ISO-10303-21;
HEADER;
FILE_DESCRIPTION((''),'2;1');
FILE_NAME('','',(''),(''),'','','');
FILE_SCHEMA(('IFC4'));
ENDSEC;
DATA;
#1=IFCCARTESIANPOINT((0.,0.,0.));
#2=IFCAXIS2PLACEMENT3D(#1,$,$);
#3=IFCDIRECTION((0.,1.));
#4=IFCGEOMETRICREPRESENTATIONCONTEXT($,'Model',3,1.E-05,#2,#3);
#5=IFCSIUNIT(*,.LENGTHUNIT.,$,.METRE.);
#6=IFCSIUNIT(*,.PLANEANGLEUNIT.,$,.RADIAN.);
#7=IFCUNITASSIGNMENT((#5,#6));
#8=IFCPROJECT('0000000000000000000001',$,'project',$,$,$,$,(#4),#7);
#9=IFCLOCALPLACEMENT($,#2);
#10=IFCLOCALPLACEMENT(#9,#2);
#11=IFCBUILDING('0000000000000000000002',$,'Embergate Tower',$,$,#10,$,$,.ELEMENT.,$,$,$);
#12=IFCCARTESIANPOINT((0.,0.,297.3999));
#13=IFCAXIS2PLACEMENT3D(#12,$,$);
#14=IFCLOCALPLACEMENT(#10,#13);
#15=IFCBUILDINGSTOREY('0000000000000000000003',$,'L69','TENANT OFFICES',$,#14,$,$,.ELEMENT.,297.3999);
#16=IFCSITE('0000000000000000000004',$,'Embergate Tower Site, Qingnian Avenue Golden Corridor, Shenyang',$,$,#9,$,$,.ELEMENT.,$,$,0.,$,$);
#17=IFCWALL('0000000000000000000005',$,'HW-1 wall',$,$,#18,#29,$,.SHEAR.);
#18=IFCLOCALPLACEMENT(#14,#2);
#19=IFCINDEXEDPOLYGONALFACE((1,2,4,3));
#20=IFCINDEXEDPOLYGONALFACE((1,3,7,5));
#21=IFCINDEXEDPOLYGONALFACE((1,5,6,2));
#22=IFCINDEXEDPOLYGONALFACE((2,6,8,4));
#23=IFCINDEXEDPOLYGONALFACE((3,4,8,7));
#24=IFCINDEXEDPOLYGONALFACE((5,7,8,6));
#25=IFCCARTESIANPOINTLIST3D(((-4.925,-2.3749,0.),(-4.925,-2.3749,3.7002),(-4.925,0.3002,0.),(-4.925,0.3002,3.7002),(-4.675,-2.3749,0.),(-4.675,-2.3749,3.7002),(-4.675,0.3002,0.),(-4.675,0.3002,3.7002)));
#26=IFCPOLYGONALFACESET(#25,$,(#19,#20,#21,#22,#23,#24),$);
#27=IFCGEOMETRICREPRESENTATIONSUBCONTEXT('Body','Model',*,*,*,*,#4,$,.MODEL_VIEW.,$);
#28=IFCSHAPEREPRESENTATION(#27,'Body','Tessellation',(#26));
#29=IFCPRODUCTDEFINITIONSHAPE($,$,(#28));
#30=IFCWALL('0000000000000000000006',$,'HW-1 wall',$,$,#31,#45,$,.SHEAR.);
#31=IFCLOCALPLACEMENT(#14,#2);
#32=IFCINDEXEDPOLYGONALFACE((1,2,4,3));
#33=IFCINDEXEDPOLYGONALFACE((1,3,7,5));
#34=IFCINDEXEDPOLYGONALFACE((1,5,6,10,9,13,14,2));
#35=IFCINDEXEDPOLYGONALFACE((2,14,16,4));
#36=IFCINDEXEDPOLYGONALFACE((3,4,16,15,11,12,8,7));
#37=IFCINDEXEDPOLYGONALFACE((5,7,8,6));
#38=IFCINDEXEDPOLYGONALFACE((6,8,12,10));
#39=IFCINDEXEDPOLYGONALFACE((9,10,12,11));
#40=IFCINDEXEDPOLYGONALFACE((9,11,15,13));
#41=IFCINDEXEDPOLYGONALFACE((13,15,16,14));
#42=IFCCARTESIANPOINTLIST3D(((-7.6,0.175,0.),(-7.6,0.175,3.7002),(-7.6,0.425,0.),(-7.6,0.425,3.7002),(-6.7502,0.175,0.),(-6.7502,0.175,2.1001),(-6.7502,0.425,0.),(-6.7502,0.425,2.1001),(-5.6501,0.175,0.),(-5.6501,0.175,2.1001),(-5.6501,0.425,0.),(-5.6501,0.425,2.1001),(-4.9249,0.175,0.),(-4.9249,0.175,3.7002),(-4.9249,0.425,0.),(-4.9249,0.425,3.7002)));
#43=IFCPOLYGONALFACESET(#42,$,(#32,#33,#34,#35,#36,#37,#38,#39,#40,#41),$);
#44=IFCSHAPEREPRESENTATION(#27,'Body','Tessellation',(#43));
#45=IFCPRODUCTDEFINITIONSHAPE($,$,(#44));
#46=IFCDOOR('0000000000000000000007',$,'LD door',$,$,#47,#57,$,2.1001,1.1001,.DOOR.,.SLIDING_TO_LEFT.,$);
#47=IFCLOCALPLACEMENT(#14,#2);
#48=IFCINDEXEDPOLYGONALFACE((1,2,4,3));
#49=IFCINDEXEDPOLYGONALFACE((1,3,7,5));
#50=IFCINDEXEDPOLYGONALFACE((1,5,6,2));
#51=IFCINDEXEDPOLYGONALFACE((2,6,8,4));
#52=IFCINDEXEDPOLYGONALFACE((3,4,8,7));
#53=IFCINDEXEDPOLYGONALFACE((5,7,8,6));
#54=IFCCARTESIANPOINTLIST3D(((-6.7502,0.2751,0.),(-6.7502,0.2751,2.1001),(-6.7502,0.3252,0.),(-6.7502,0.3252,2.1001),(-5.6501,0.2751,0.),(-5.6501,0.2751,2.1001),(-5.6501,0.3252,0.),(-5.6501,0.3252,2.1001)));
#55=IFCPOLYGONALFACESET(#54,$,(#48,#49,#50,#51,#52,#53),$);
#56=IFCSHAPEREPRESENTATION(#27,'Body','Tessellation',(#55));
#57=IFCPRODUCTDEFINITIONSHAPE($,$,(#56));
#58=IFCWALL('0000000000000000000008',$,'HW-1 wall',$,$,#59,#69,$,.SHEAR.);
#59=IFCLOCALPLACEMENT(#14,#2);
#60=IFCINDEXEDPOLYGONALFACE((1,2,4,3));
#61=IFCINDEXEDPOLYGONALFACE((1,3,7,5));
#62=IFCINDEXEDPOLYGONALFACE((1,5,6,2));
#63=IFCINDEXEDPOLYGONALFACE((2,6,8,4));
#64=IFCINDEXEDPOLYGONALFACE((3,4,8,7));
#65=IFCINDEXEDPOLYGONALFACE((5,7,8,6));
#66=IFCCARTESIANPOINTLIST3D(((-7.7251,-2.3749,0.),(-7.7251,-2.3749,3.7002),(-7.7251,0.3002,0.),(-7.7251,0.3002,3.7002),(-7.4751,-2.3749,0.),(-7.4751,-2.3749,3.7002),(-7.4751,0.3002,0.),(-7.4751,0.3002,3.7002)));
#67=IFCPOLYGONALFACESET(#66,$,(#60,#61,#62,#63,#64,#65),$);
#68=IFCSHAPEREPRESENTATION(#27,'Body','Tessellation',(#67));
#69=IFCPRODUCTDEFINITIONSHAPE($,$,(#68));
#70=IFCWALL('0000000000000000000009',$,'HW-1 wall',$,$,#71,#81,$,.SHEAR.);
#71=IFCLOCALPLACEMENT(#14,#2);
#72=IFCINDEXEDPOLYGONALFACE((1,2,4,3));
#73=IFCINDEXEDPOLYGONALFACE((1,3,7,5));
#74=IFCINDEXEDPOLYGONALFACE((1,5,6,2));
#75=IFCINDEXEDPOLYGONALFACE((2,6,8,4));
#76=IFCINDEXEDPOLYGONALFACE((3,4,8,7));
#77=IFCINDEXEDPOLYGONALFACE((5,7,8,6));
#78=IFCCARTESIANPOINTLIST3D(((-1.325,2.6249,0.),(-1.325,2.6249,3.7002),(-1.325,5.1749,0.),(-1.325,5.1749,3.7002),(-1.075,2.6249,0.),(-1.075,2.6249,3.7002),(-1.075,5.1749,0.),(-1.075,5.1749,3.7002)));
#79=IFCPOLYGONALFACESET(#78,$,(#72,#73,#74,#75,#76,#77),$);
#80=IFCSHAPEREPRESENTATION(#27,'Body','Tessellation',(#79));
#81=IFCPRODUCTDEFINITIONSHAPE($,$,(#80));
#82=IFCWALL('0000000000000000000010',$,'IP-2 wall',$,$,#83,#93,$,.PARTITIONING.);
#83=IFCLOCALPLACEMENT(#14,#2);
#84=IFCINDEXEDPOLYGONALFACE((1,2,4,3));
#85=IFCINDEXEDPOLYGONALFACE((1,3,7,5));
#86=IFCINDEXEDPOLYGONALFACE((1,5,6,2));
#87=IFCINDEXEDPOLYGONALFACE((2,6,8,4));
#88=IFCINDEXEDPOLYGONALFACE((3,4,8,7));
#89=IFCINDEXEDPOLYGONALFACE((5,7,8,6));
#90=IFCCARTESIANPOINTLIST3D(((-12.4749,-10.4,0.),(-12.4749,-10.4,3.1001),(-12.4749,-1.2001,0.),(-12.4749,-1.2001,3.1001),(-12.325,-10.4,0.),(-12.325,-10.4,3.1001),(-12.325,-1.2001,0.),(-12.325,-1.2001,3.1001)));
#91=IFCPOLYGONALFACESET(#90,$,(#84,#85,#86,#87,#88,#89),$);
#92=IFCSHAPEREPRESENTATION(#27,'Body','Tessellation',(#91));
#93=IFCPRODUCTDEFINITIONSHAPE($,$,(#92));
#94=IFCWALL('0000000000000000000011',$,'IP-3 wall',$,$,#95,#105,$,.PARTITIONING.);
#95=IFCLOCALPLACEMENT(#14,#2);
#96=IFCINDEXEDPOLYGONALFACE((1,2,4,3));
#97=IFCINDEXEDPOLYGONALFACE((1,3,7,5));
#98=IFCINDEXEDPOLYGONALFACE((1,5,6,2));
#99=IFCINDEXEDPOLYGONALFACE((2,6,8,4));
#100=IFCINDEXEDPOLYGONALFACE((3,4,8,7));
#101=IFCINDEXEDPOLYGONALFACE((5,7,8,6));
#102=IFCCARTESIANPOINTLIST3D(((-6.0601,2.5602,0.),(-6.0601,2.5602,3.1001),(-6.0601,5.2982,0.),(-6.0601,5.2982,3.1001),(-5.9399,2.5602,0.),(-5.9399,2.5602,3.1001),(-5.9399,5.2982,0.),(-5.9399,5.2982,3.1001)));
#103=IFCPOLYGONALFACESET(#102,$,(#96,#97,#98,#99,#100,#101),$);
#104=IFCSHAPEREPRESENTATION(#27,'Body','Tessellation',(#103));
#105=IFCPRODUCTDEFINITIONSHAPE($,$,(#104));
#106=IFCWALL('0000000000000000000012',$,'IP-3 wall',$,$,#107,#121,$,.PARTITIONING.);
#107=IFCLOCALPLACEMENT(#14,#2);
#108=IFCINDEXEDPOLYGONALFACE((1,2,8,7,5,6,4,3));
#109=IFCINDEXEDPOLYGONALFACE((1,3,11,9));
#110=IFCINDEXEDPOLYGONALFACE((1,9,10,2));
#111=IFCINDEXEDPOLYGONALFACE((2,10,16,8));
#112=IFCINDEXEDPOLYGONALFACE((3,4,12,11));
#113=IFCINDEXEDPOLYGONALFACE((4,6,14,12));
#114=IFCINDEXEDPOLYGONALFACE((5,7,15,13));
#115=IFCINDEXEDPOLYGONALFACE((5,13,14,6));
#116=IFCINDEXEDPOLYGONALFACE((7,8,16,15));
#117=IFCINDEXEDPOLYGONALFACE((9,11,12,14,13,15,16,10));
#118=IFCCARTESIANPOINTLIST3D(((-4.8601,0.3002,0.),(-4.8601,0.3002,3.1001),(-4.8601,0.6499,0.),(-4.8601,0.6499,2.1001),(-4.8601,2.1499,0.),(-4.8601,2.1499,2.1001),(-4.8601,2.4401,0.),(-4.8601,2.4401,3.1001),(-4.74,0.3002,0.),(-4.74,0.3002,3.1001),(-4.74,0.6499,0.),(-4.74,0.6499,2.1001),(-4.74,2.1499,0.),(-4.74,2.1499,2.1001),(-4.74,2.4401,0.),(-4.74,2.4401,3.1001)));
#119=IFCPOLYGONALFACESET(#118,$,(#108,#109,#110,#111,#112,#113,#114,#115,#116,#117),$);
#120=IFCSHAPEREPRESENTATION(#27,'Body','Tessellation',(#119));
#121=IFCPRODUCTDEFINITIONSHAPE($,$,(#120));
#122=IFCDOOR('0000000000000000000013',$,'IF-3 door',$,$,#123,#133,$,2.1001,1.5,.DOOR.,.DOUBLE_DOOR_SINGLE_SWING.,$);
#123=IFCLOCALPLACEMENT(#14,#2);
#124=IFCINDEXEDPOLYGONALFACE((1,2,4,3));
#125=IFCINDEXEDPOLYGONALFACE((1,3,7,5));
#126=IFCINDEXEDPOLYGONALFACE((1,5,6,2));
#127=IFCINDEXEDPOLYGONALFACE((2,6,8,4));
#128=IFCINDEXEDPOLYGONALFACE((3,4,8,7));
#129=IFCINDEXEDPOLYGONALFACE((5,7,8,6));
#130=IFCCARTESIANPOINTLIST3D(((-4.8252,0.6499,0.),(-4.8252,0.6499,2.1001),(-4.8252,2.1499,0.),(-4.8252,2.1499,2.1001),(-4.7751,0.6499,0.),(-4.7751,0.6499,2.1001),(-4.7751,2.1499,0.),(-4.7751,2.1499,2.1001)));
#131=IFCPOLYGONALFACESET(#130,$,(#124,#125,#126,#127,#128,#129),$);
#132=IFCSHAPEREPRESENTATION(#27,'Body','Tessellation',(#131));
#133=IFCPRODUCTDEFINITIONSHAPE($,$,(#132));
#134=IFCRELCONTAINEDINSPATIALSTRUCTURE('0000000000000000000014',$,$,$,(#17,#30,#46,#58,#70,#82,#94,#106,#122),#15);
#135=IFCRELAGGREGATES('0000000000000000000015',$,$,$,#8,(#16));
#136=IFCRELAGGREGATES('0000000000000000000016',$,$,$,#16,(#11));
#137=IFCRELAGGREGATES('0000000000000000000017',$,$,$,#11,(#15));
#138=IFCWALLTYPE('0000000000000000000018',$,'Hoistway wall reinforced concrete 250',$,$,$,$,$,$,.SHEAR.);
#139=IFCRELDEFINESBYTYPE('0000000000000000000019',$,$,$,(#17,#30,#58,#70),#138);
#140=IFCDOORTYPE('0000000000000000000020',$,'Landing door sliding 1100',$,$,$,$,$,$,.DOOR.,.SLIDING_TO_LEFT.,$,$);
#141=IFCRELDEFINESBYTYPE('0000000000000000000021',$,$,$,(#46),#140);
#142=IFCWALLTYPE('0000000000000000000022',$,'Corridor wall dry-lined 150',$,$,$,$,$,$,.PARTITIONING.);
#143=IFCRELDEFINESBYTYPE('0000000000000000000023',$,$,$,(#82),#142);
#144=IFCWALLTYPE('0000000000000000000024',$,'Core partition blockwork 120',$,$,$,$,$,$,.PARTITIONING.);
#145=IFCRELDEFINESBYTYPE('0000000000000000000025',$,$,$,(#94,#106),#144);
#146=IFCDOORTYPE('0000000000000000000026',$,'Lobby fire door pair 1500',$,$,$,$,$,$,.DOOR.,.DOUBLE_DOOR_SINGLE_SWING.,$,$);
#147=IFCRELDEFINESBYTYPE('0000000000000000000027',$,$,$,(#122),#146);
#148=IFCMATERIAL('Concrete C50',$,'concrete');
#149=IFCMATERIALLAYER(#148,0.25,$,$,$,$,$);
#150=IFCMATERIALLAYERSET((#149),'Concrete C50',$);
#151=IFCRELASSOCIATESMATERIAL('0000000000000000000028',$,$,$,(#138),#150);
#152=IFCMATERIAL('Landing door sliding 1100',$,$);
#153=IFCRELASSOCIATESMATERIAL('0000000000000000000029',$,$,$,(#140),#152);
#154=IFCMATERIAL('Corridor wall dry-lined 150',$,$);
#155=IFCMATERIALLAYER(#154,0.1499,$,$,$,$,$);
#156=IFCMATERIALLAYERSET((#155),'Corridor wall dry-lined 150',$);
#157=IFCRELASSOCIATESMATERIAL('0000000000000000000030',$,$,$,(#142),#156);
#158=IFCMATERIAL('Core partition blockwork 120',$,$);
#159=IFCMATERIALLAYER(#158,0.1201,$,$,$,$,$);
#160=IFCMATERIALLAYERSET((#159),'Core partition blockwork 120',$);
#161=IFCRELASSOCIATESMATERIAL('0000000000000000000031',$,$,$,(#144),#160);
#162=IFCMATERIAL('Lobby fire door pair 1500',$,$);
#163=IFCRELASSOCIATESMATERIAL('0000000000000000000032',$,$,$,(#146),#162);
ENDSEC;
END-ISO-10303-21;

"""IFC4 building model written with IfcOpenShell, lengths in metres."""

from ifc_helpers import new_model, si_unit, direction, frame, frame_2d, origin, place, context, subcontext, project, spatial, rectangle, extrude, source, transform, mapped, material, layer, layer_set, type_object, element, fill, save


model = new_model("IFC4")

# Units and contexts
model_context = context("Model", 3, precision=1e-05, world=origin(), true_north=direction((0.0, 1.0)))
body_context = subcontext(model_context, "Body", "Model", "MODEL_VIEW")
ifc_project = project(units=[si_unit("LENGTHUNIT", "METRE"), si_unit("PLANEANGLEUNIT", "RADIAN")], contexts=[model_context])

# Site, building, storey
site_placement = place(None, origin())
site = spatial("IfcSite", under=ifc_project, at=site_placement, Name="Embergate Tower Site, Qingnian Avenue Golden Corridor, Shenyang", CompositionType="ELEMENT", RefElevation=0.0)
building_placement = place(site_placement, origin())
building = spatial("IfcBuilding", under=site, at=building_placement, Name="Embergate Tower", CompositionType="ELEMENT")
storey_placement = place(building_placement, frame((0.0, 0.0, 297.3999)))
storey = spatial("IfcBuildingStorey", under=building, at=storey_placement, Name="L69", Description="TENANT OFFICES", CompositionType="ELEMENT", Elevation=297.3999)

# Wall
ifc_material_1 = material(Name="Concrete C50", Category="concrete")
ifc_layer_1 = layer(ifc_material_1, 0.25)
ifc_layer_set_1 = layer_set([ifc_layer_1], Name="Concrete C50")
wall_type_1 = type_object("IfcWallType", Name="Hoistway wall reinforced concrete 250", PredefinedType="SHEAR", material=ifc_layer_set_1)
shared_shape_1 = source(origin(), body_context, "Body", "SweptSolid", [
    extrude(rectangle(XDim=2.675, YDim=0.25, at=frame_2d((1.3374, 0.0))), origin(), (0.0, 0.0, 1.0), 3.7002),
])
wall_1_placement = place(storey_placement, frame((-4.8, 0.3, 0.0), z_axis=(0.0, 0.0, 1.0), x_axis=(0.0, -1.0, 0.0)))
element("IfcWall", 1, at=wall_1_placement, inside=storey, type_object=wall_type_1, Name="HW-1 wall", PredefinedType="SHEAR", context=body_context, shape_type="MappedRepresentation", body=[
    mapped(shared_shape_1, transform((0.0, 0.0, 0.0))),
])

# Wall, opening, door
wall_2_placement = place(storey_placement, frame((-4.925, 0.3, 0.0), z_axis=(0.0, 0.0, 1.0), x_axis=(-1.0, 0.0, 0.0)))
wall_2 = element("IfcWall", 2, at=wall_2_placement, inside=storey, type_object=wall_type_1, Name="HW-1 wall", PredefinedType="SHEAR", context=body_context, shape_type="MappedRepresentation", body=[
    mapped(shared_shape_1, transform((0.0, 0.0, 0.0))),
])
shared_shape_2 = source(origin(), body_context, "Body", "SweptSolid", [
    extrude(rectangle(XDim=1.1001, YDim=2.1001, at=frame_2d((0.55, 1.05))), frame((0.0, 0.135, 0.0), z_axis=(0.0, -1.0, 0.0), x_axis=(1.0, 0.0, 0.0)), (0.0, 0.0, 1.0), 0.27),
])
opening_1_placement = place(wall_2_placement, frame((0.7251, 0.0, 0.0)))
opening_1 = element("IfcOpeningElement", 3, at=opening_1_placement, cuts=wall_2, PredefinedType="OPENING", context=body_context, shape_type="MappedRepresentation", body=[
    mapped(shared_shape_2, transform((0.0, 0.0, 0.0))),
])
ifc_material_2 = material(Name="Landing door sliding 1100")
door_type_1 = type_object("IfcDoorType", Name="Landing door sliding 1100", OperationType="SLIDING_TO_LEFT", PredefinedType="DOOR", material=ifc_material_2)
shared_shape_3 = source(origin(), body_context, "Body", "SweptSolid", [
    extrude(rectangle(XDim=1.1001, YDim=2.1001, at=frame_2d((0.55, 1.05))), frame((0.0, 0.0249, 0.0), z_axis=(0.0, -1.0, 0.0), x_axis=(1.0, 0.0, 0.0)), (0.0, 0.0, 1.0), 0.05),
])
door_1_placement = place(opening_1_placement, origin())
door_1 = element("IfcDoor", 4, at=door_1_placement, inside=storey, type_object=door_type_1, Name="LD door", OperationType="SLIDING_TO_LEFT", OverallHeight=2.1001, OverallWidth=1.1001, PredefinedType="DOOR", context=body_context, shape_type="MappedRepresentation", body=[
    mapped(shared_shape_3, transform((0.0, 0.0, 0.0))),
])
fill(opening_1, door_1)

# Walls
wall_3_placement = place(storey_placement, frame((-7.6001, 0.3, 0.0), z_axis=(0.0, 0.0, 1.0), x_axis=(0.0, -1.0, 0.0)))
element("IfcWall", 5, at=wall_3_placement, inside=storey, type_object=wall_type_1, Name="HW-1 wall", PredefinedType="SHEAR", context=body_context, shape_type="MappedRepresentation", body=[
    mapped(shared_shape_1, transform((0.0, 0.0, 0.0))),
])
shared_shape_4 = source(origin(), body_context, "Body", "SweptSolid", [
    extrude(rectangle(XDim=2.55, YDim=0.25, at=frame_2d((1.2749, 0.0))), origin(), (0.0, 0.0, 1.0), 3.7002),
])
wall_4_placement = place(storey_placement, frame((-1.2, 2.625, 0.0), z_axis=(0.0, 0.0, 1.0), x_axis=(0.0, 1.0, 0.0)))
element("IfcWall", 6, at=wall_4_placement, inside=storey, type_object=wall_type_1, Name="HW-1 wall", PredefinedType="SHEAR", context=body_context, shape_type="MappedRepresentation", body=[
    mapped(shared_shape_4, transform((0.0, 0.0, 0.0))),
])
ifc_material_3 = material(Name="Corridor wall dry-lined 150")
ifc_layer_2 = layer(ifc_material_3, 0.1499)
ifc_layer_set_2 = layer_set([ifc_layer_2], Name="Corridor wall dry-lined 150")
wall_type_2 = type_object("IfcWallType", Name="Corridor wall dry-lined 150", PredefinedType="PARTITIONING", material=ifc_layer_set_2)
shared_shape_5 = source(origin(), body_context, "Body", "SweptSolid", [
    extrude(rectangle(XDim=9.2, YDim=0.1499, at=frame_2d((4.6001, 0.0))), origin(), (0.0, 0.0, 1.0), 3.1001),
])
wall_5_placement = place(storey_placement, frame((-12.3999, -1.2, 0.0), z_axis=(0.0, 0.0, 1.0), x_axis=(0.0, -1.0, 0.0)))
element("IfcWall", 7, at=wall_5_placement, inside=storey, type_object=wall_type_2, Name="IP-2 wall", PredefinedType="PARTITIONING", context=body_context, shape_type="MappedRepresentation", body=[
    mapped(shared_shape_5, transform((0.0, 0.0, 0.0))),
])
ifc_material_4 = material(Name="Core partition blockwork 120")
ifc_layer_3 = layer(ifc_material_4, 0.1201)
ifc_layer_set_3 = layer_set([ifc_layer_3], Name="Core partition blockwork 120")
wall_type_3 = type_object("IfcWallType", Name="Core partition blockwork 120", PredefinedType="PARTITIONING", material=ifc_layer_set_3)
shared_shape_6 = source(origin(), body_context, "Body", "SweptSolid", [
    extrude(rectangle(XDim=2.738, YDim=0.1201, at=frame_2d((1.3691, 0.0))), origin(), (0.0, 0.0, 1.0), 3.1001),
])
wall_6_placement = place(storey_placement, frame((-6.0, 2.5601, 0.0), z_axis=(0.0, 0.0, 1.0), x_axis=(0.0, 1.0, 0.0)))
element("IfcWall", 8, at=wall_6_placement, inside=storey, type_object=wall_type_3, Name="IP-3 wall", PredefinedType="PARTITIONING", context=body_context, shape_type="MappedRepresentation", body=[
    mapped(shared_shape_6, transform((0.0, 0.0, 0.0))),
])

# Wall, opening, door
shared_shape_7 = source(origin(), body_context, "Body", "SweptSolid", [
    extrude(rectangle(XDim=2.1399, YDim=0.1201, at=frame_2d((1.0698, 0.0))), origin(), (0.0, 0.0, 1.0), 3.1001),
])
wall_7_placement = place(storey_placement, frame((-4.8, 2.4399, 0.0), z_axis=(0.0, 0.0, 1.0), x_axis=(0.0, -1.0, 0.0)))
wall_7 = element("IfcWall", 9, at=wall_7_placement, inside=storey, type_object=wall_type_3, Name="IP-3 wall", PredefinedType="PARTITIONING", context=body_context, shape_type="MappedRepresentation", body=[
    mapped(shared_shape_7, transform((0.0, 0.0, 0.0))),
])
shared_shape_8 = source(origin(), body_context, "Body", "SweptSolid", [
    extrude(rectangle(XDim=1.5, YDim=2.1001, at=frame_2d((0.75, 1.05))), frame((0.0, 0.0701, 0.0), z_axis=(0.0, -1.0, 0.0), x_axis=(1.0, 0.0, 0.0)), (0.0, 0.0, 1.0), 0.1401),
])
opening_2_placement = place(wall_7_placement, frame((0.29, 0.0, 0.0)))
opening_2 = element("IfcOpeningElement", 10, at=opening_2_placement, cuts=wall_7, PredefinedType="OPENING", context=body_context, shape_type="MappedRepresentation", body=[
    mapped(shared_shape_8, transform((0.0, 0.0, 0.0))),
])
ifc_material_5 = material(Name="Lobby fire door pair 1500")
door_type_2 = type_object("IfcDoorType", Name="Lobby fire door pair 1500", OperationType="DOUBLE_DOOR_SINGLE_SWING", PredefinedType="DOOR", material=ifc_material_5)
shared_shape_9 = source(origin(), body_context, "Body", "SweptSolid", [
    extrude(rectangle(XDim=1.5, YDim=2.1001, at=frame_2d((0.75, 1.05))), frame((0.0, 0.0249, 0.0), z_axis=(0.0, -1.0, 0.0), x_axis=(1.0, 0.0, 0.0)), (0.0, 0.0, 1.0), 0.05),
])
door_2_placement = place(opening_2_placement, origin())
door_2 = element("IfcDoor", 11, at=door_2_placement, inside=storey, type_object=door_type_2, Name="IF-3 door", OperationType="DOUBLE_DOOR_SINGLE_SWING", OverallHeight=2.1001, OverallWidth=1.5, PredefinedType="DOOR", context=body_context, shape_type="MappedRepresentation", body=[
    mapped(shared_shape_9, transform((0.0, 0.0, 0.0))),
])
fill(opening_2, door_2)

save(model, "model.ifc")
